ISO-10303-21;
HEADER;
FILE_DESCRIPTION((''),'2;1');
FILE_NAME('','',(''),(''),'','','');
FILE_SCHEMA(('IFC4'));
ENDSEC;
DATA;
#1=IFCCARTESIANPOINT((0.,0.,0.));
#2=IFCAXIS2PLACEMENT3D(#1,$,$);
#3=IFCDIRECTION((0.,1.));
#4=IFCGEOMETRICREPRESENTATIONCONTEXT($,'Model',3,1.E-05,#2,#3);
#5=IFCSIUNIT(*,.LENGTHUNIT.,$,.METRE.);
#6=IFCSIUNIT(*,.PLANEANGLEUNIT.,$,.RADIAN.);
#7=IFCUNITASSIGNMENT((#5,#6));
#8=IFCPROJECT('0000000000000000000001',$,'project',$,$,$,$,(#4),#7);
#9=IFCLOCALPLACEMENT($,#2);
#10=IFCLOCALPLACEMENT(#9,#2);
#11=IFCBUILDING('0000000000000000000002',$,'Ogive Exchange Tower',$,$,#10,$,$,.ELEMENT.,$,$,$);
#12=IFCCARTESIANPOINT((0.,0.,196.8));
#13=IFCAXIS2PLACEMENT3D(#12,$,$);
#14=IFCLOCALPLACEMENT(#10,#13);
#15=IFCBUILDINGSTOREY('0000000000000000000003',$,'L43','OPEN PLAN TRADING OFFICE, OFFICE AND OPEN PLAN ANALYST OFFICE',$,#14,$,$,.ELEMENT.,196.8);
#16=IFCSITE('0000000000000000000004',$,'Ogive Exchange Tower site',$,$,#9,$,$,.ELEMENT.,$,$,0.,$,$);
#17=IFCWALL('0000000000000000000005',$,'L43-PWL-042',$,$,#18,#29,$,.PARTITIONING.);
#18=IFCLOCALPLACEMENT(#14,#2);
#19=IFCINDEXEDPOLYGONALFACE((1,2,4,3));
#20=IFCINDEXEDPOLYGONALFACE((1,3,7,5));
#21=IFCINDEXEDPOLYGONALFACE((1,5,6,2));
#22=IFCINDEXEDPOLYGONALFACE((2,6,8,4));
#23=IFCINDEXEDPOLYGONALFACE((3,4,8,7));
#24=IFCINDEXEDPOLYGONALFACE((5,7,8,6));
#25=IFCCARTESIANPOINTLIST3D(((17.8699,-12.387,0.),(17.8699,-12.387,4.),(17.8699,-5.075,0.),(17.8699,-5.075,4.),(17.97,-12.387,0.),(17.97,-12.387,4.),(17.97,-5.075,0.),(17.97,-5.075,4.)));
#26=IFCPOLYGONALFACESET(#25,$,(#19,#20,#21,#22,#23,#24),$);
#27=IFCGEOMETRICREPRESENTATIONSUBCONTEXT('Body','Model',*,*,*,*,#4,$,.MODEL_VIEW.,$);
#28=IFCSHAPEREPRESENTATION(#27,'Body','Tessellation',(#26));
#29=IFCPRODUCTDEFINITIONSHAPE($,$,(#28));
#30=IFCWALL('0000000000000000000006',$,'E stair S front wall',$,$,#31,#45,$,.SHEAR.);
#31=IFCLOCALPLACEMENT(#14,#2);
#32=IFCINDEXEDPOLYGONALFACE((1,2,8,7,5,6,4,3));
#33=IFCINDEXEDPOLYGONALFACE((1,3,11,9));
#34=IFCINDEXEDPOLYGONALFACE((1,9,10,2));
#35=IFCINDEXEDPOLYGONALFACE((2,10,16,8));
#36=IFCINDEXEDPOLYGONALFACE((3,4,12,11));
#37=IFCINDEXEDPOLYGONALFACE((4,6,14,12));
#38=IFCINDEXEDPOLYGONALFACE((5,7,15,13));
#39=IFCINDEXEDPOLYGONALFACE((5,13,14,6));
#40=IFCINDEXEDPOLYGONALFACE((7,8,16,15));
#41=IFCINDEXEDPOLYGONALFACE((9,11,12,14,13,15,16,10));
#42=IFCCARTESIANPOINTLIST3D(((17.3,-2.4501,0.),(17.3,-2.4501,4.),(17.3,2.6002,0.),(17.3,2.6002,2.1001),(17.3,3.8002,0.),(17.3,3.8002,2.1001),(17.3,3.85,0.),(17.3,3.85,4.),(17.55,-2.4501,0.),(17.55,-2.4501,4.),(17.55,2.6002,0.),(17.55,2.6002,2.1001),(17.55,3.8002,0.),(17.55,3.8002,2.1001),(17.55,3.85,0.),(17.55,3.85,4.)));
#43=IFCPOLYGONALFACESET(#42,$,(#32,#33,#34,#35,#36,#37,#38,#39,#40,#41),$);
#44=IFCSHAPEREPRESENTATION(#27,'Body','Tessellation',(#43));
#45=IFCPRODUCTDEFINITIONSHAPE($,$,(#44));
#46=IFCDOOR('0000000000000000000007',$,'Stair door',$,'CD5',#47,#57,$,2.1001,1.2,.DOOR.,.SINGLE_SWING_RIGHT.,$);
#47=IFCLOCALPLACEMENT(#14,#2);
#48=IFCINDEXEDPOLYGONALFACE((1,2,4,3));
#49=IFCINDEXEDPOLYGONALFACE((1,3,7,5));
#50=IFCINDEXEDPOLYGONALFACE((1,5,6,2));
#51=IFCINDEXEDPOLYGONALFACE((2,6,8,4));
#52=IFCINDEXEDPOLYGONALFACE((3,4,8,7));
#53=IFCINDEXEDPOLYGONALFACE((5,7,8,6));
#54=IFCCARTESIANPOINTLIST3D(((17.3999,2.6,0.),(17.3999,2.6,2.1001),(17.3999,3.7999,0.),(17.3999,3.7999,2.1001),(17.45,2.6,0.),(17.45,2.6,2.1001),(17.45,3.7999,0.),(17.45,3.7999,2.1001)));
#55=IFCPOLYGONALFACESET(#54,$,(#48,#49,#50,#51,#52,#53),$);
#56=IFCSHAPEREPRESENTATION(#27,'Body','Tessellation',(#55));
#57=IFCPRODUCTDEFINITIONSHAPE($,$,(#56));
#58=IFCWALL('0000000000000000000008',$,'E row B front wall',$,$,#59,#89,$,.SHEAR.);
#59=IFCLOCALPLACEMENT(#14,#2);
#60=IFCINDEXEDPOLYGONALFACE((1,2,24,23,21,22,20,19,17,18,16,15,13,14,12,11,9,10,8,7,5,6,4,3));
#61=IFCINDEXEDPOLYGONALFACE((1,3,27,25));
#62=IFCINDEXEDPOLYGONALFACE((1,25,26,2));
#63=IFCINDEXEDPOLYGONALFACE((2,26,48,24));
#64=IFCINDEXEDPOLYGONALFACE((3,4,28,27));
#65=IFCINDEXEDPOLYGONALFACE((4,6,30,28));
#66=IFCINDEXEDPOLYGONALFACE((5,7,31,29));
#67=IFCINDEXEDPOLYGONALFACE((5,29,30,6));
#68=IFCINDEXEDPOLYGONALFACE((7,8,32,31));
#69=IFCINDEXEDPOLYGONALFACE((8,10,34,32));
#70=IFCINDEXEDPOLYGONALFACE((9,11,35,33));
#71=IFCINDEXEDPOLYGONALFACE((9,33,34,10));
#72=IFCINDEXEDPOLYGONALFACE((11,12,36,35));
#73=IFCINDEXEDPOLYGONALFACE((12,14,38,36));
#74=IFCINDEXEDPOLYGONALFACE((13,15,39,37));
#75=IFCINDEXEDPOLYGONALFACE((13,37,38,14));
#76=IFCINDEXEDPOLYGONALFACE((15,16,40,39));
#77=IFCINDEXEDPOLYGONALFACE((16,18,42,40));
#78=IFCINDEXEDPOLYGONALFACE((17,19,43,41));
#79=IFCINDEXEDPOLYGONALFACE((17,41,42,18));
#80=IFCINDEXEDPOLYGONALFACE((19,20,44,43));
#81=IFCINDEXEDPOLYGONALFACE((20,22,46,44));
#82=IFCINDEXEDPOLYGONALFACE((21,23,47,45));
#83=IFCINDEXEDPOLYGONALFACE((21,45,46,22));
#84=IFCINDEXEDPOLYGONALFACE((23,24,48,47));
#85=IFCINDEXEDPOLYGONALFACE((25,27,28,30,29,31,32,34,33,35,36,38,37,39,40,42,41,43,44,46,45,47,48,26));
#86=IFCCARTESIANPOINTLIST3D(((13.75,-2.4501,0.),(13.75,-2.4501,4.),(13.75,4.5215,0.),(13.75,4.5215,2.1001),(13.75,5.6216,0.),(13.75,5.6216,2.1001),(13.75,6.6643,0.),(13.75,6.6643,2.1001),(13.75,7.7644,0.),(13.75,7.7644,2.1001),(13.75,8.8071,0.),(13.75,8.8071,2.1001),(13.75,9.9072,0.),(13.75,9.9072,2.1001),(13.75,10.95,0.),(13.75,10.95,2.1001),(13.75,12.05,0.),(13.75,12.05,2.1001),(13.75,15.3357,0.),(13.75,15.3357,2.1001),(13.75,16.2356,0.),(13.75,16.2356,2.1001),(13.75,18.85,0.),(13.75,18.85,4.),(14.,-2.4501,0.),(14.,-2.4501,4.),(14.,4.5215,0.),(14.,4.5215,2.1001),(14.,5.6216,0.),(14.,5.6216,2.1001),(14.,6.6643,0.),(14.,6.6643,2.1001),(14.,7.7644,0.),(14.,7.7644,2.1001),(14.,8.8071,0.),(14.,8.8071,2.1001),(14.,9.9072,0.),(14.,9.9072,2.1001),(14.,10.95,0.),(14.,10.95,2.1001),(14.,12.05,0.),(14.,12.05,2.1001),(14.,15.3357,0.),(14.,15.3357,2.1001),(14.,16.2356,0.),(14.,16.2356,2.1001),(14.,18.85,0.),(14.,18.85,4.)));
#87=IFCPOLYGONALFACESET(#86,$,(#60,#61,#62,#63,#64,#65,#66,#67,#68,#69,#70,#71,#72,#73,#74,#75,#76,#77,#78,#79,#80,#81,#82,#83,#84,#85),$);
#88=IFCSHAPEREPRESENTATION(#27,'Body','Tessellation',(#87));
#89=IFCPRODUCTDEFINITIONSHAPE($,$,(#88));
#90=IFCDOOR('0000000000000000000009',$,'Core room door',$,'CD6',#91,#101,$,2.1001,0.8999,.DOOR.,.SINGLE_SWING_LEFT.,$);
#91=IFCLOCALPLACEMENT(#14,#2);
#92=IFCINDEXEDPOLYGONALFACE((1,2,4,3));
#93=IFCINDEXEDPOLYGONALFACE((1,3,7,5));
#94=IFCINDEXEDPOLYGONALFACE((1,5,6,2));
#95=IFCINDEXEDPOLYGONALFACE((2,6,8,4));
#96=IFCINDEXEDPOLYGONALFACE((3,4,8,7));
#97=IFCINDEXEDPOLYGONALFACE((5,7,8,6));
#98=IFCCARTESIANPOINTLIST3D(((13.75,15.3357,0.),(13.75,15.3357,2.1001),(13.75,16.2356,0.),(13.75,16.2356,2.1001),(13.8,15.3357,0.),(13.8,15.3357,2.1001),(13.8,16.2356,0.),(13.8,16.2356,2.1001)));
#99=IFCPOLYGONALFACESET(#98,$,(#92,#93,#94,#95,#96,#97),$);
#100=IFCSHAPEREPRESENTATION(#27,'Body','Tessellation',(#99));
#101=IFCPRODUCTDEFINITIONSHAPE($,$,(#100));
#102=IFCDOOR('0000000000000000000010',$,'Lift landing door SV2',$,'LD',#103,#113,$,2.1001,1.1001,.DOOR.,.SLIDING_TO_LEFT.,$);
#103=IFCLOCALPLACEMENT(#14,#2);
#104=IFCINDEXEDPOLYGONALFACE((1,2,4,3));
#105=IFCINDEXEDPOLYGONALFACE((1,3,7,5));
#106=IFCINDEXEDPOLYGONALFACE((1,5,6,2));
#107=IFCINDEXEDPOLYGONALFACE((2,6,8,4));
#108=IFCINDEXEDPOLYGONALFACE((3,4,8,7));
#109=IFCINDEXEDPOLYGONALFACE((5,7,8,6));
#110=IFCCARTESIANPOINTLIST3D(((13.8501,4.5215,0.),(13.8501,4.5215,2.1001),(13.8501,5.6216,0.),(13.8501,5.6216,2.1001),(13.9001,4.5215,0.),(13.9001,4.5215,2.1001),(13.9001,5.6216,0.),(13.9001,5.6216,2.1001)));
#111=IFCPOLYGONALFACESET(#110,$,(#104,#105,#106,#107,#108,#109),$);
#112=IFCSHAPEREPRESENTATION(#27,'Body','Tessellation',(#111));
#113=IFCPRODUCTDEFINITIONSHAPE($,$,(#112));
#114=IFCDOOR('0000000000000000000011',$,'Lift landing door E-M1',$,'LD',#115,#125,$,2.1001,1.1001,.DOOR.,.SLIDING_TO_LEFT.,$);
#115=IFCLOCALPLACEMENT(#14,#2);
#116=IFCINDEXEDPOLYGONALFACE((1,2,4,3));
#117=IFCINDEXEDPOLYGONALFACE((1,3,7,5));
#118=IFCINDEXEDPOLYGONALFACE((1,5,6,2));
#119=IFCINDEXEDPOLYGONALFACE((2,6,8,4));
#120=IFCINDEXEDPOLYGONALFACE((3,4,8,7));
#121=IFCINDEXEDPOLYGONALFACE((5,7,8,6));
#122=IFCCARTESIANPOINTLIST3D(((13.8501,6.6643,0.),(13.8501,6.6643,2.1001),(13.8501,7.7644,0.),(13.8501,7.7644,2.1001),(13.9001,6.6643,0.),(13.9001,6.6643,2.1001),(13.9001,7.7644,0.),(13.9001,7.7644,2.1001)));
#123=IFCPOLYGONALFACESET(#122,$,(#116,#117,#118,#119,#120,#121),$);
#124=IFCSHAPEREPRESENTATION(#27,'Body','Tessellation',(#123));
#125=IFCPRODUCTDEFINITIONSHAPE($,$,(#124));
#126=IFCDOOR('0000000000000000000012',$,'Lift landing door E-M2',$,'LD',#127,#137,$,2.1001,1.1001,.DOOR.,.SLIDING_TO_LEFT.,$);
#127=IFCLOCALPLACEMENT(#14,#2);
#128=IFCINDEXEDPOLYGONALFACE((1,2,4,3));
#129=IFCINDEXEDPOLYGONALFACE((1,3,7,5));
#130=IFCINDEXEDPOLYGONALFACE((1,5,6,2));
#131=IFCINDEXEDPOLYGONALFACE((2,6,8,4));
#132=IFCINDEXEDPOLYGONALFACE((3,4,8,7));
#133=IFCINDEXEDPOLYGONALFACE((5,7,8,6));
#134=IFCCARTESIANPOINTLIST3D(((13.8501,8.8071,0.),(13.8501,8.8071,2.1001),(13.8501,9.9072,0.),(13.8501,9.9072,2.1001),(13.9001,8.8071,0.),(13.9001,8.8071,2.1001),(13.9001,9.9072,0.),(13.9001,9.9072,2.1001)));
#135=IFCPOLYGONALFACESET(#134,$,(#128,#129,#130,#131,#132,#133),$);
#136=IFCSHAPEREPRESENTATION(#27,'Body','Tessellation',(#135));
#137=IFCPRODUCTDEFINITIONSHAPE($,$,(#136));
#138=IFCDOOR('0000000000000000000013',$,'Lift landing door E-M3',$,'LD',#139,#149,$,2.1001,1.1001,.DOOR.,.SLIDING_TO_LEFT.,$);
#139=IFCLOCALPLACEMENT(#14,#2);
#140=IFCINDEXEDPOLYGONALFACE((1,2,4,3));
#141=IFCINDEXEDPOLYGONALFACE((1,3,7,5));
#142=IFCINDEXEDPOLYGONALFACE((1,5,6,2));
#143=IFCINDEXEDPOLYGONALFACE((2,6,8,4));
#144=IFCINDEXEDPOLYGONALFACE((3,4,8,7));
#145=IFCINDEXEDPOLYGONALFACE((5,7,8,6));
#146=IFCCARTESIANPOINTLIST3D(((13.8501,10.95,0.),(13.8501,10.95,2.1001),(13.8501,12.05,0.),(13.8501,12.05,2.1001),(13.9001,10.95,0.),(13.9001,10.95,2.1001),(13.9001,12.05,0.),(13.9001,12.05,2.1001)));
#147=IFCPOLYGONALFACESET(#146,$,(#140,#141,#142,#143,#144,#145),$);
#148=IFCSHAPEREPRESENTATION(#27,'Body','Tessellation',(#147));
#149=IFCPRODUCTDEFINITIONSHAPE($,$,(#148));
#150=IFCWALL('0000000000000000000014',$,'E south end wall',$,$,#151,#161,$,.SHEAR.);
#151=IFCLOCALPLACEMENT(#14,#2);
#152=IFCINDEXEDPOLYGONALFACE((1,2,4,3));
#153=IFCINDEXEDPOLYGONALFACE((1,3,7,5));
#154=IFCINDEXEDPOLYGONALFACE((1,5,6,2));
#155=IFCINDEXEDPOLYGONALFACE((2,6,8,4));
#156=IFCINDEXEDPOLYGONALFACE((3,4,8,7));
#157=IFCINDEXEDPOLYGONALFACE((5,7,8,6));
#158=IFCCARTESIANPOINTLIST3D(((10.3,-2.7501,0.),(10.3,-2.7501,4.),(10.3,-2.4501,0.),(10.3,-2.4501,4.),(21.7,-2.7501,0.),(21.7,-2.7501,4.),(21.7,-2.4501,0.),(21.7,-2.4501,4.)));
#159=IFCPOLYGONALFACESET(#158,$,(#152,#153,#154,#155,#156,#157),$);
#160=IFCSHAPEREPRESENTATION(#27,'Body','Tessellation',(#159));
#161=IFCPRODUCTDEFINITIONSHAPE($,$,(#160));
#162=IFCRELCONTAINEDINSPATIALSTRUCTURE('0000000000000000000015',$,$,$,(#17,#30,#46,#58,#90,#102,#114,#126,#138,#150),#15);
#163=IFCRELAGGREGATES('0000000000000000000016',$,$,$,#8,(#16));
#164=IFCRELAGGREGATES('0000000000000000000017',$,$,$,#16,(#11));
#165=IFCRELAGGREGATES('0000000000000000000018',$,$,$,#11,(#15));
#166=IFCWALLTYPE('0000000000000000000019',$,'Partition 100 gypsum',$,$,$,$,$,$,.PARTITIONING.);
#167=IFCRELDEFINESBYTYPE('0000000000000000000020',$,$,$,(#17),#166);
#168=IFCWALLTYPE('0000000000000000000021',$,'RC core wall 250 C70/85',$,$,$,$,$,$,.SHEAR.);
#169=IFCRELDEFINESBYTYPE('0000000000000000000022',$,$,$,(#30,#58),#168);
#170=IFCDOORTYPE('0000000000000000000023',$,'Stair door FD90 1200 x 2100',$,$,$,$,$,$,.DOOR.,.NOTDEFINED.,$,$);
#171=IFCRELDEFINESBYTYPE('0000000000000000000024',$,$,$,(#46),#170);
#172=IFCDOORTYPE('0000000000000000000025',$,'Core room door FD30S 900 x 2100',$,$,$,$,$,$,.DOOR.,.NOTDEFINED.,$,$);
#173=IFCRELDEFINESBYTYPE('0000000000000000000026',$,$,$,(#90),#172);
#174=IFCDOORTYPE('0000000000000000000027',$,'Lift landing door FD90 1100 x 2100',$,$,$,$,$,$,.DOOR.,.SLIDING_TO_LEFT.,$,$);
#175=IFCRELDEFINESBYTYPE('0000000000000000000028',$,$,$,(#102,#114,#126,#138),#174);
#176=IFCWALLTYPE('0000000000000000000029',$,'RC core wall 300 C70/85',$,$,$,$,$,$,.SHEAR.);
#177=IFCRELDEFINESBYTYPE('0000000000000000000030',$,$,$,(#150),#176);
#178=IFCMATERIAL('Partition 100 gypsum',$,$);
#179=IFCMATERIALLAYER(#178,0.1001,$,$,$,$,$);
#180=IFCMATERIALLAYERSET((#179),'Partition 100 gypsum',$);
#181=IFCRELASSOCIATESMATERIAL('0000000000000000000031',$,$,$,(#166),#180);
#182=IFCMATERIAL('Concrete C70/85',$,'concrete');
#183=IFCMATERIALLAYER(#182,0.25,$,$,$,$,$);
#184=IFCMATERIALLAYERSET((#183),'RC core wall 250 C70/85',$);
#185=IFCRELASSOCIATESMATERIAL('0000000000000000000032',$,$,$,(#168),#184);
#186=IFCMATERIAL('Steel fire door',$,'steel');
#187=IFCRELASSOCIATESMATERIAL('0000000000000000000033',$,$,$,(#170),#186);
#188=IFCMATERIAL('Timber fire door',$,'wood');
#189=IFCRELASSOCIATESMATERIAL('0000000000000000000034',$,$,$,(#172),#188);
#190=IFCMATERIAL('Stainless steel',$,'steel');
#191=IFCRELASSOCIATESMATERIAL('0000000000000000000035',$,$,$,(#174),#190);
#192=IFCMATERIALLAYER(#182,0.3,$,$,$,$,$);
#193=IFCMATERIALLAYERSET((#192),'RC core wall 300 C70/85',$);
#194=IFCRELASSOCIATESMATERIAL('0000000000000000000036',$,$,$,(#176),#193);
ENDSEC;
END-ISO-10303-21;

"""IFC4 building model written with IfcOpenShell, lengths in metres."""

from ifc_helpers import new_model, si_unit, direction, frame, frame_2d, origin, place, context, subcontext, project, spatial, rectangle, extrude, material, layer, layer_set, type_object, element, fill, save


model = new_model("IFC4")

# Units and contexts
model_context = context("Model", 3, precision=1e-05, world=origin(), true_north=direction((0.0, 1.0)))
body_context = subcontext(model_context, "Body", "Model", "MODEL_VIEW")
ifc_project = project(units=[si_unit("LENGTHUNIT", "METRE"), si_unit("PLANEANGLEUNIT", "RADIAN")], contexts=[model_context])

# Site, building, storey
site_placement = place(None, origin())
site = spatial("IfcSite", under=ifc_project, at=site_placement, Name="Ogive Exchange Tower site", CompositionType="ELEMENT", RefElevation=0.0)
building_placement = place(site_placement, origin())
building = spatial("IfcBuilding", under=site, at=building_placement, Name="Ogive Exchange Tower", CompositionType="ELEMENT")
storey_placement = place(building_placement, frame((0.0, 0.0, 196.8)))
storey = spatial("IfcBuildingStorey", under=building, at=storey_placement, Name="L43", Description="OPEN PLAN TRADING OFFICE, OFFICE AND OPEN PLAN ANALYST OFFICE", CompositionType="ELEMENT", Elevation=196.8)

# Wall
ifc_material_1 = material(Name="Partition 100 gypsum")
ifc_layer_1 = layer(ifc_material_1, 0.1001)
ifc_layer_set_1 = layer_set([ifc_layer_1], Name="Partition 100 gypsum")
wall_type_1 = type_object("IfcWallType", Name="Partition 100 gypsum", PredefinedType="PARTITIONING", material=ifc_layer_set_1)
wall_1_placement = place(storey_placement, frame((17.9199, -5.075, 0.0), z_axis=(0.0, 0.0, 1.0), x_axis=(0.0, -1.0, 0.0)))
element("IfcWall", 1, at=wall_1_placement, inside=storey, type_object=wall_type_1, Name="L43-PWL-042", PredefinedType="PARTITIONING", context=body_context, shape_type="SweptSolid", body=[
    extrude(rectangle(XDim=7.312, YDim=0.1001, at=frame_2d((3.656, 0.0))), origin(), (0.0, 0.0, 1.0), 4.0),
])

# Wall, opening, door
ifc_material_2 = material(Name="Concrete C70/85", Category="concrete")
ifc_layer_2 = layer(ifc_material_2, 0.25)
ifc_layer_set_2 = layer_set([ifc_layer_2], Name="RC core wall 250 C70/85")
wall_type_2 = type_object("IfcWallType", Name="RC core wall 250 C70/85", PredefinedType="SHEAR", material=ifc_layer_set_2)
wall_2_placement = place(storey_placement, frame((17.425, -2.45, 0.0), z_axis=(0.0, 0.0, 1.0), x_axis=(0.0, 1.0, 0.0)))
wall_2 = element("IfcWall", 2, at=wall_2_placement, inside=storey, type_object=wall_type_2, Name="E stair S front wall", PredefinedType="SHEAR", context=body_context, shape_type="SweptSolid", body=[
    extrude(rectangle(XDim=6.3, YDim=0.25, at=frame_2d((3.1499, 0.0))), origin(), (0.0, 0.0, 1.0), 4.0),
])
opening_1_placement = place(wall_2_placement, frame((5.05, 0.0, 0.0)))
opening_1 = element("IfcOpeningElement", 3, at=opening_1_placement, cuts=wall_2, PredefinedType="OPENING", context=body_context, shape_type="SweptSolid", body=[
    extrude(rectangle(XDim=1.2, YDim=2.1001, at=frame_2d((0.6001, 1.05))), frame((0.0, 0.135, 0.0), z_axis=(0.0, -1.0, 0.0), x_axis=(1.0, 0.0, 0.0)), (0.0, 0.0, 1.0), 0.27),
])
ifc_material_3 = material(Name="Steel fire door", Category="steel")
door_type_1 = type_object("IfcDoorType", Name="Stair door FD90 1200 x 2100", OperationType="NOTDEFINED", PredefinedType="DOOR", material=ifc_material_3)
door_1_placement = place(opening_1_placement, frame((1.2, 0.0, 0.0), z_axis=(0.0, 0.0, 1.0), x_axis=(-1.0, 0.0, 0.0)))
door_1 = element("IfcDoor", 4, at=door_1_placement, inside=storey, type_object=door_type_1, Name="Stair door", ObjectType="CD5", OperationType="SINGLE_SWING_RIGHT", OverallHeight=2.1001, OverallWidth=1.2, PredefinedType="DOOR", context=body_context, shape_type="SweptSolid", body=[
    extrude(rectangle(XDim=1.2, YDim=2.1001, at=frame_2d((0.6001, 1.05))), frame((0.0, 0.0249, 0.0), z_axis=(0.0, -1.0, 0.0), x_axis=(1.0, 0.0, 0.0)), (0.0, 0.0, 1.0), 0.05),
])
fill(opening_1, door_1)

# Wall, openings, doors
wall_3_placement = place(storey_placement, frame((13.875, -2.45, 0.0), z_axis=(0.0, 0.0, 1.0), x_axis=(0.0, 1.0, 0.0)))
wall_3 = element("IfcWall", 5, at=wall_3_placement, inside=storey, type_object=wall_type_2, Name="E row B front wall", PredefinedType="SHEAR", context=body_context, shape_type="SweptSolid", body=[
    extrude(rectangle(XDim=21.3, YDim=0.25, at=frame_2d((10.6499, 0.0))), origin(), (0.0, 0.0, 1.0), 4.0),
])
opening_2_placement = place(wall_3_placement, frame((17.7856, 0.0, 0.0)))
opening_2 = element("IfcOpeningElement", 6, at=opening_2_placement, cuts=wall_3, PredefinedType="OPENING", context=body_context, shape_type="SweptSolid", body=[
    extrude(rectangle(XDim=0.8999, YDim=2.1001, at=frame_2d((0.45, 1.05))), frame((0.0, 0.135, 0.0), z_axis=(0.0, -1.0, 0.0), x_axis=(1.0, 0.0, 0.0)), (0.0, 0.0, 1.0), 0.27),
])
opening_3_placement = place(wall_3_placement, frame((6.9714, 0.0, 0.0)))
opening_3 = element("IfcOpeningElement", 7, at=opening_3_placement, cuts=wall_3, PredefinedType="OPENING", context=body_context, shape_type="SweptSolid", body=[
    extrude(rectangle(XDim=1.1001, YDim=2.1001, at=frame_2d((0.55, 1.05))), frame((0.0, 0.135, 0.0), z_axis=(0.0, -1.0, 0.0), x_axis=(1.0, 0.0, 0.0)), (0.0, 0.0, 1.0), 0.27),
])
opening_4_placement = place(wall_3_placement, frame((9.1143, 0.0, 0.0)))
opening_4 = element("IfcOpeningElement", 8, at=opening_4_placement, cuts=wall_3, PredefinedType="OPENING", context=body_context, shape_type="SweptSolid", body=[
    extrude(rectangle(XDim=1.1001, YDim=2.1001, at=frame_2d((0.55, 1.05))), frame((0.0, 0.135, 0.0), z_axis=(0.0, -1.0, 0.0), x_axis=(1.0, 0.0, 0.0)), (0.0, 0.0, 1.0), 0.27),
])
opening_5_placement = place(wall_3_placement, frame((11.2571, 0.0, 0.0)))
opening_5 = element("IfcOpeningElement", 9, at=opening_5_placement, cuts=wall_3, PredefinedType="OPENING", context=body_context, shape_type="SweptSolid", body=[
    extrude(rectangle(XDim=1.1001, YDim=2.1001, at=frame_2d((0.55, 1.05))), frame((0.0, 0.135, 0.0), z_axis=(0.0, -1.0, 0.0), x_axis=(1.0, 0.0, 0.0)), (0.0, 0.0, 1.0), 0.27),
])
opening_6_placement = place(wall_3_placement, frame((13.3999, 0.0, 0.0)))
opening_6 = element("IfcOpeningElement", 10, at=opening_6_placement, cuts=wall_3, PredefinedType="OPENING", context=body_context, shape_type="SweptSolid", body=[
    extrude(rectangle(XDim=1.1001, YDim=2.1001, at=frame_2d((0.55, 1.05))), frame((0.0, 0.135, 0.0), z_axis=(0.0, -1.0, 0.0), x_axis=(1.0, 0.0, 0.0)), (0.0, 0.0, 1.0), 0.27),
])
ifc_material_4 = material(Name="Timber fire door", Category="wood")
door_type_2 = type_object("IfcDoorType", Name="Core room door FD30S 900 x 2100", OperationType="NOTDEFINED", PredefinedType="DOOR", material=ifc_material_4)
door_2_placement = place(opening_2_placement, origin())
door_2 = element("IfcDoor", 11, at=door_2_placement, inside=storey, type_object=door_type_2, Name="Core room door", ObjectType="CD6", OperationType="SINGLE_SWING_LEFT", OverallHeight=2.1001, OverallWidth=0.8999, PredefinedType="DOOR", context=body_context, shape_type="SweptSolid", body=[
    extrude(rectangle(XDim=0.8999, YDim=2.1001, at=frame_2d((0.45, 1.05))), frame((0.0, 0.125, 0.0), z_axis=(0.0, -1.0, 0.0), x_axis=(1.0, 0.0, 0.0)), (0.0, 0.0, 1.0), 0.05),
])
fill(opening_2, door_2)
ifc_material_5 = material(Name="Stainless steel", Category="steel")
door_type_3 = type_object("IfcDoorType", Name="Lift landing door FD90 1100 x 2100", OperationType="SLIDING_TO_LEFT", PredefinedType="DOOR", material=ifc_material_5)
door_3_placement = place(opening_3_placement, origin())
door_3 = element("IfcDoor", 12, at=door_3_placement, inside=storey, type_object=door_type_3, Name="Lift landing door SV2", ObjectType="LD", OperationType="SLIDING_TO_LEFT", OverallHeight=2.1001, OverallWidth=1.1001, PredefinedType="DOOR", context=body_context, shape_type="SweptSolid", body=[
    extrude(rectangle(XDim=1.1001, YDim=2.1001, at=frame_2d((0.55, 1.05))), frame((0.0, 0.0249, 0.0), z_axis=(0.0, -1.0, 0.0), x_axis=(1.0, 0.0, 0.0)), (0.0, 0.0, 1.0), 0.05),
])
fill(opening_3, door_3)
door_4_placement = place(opening_4_placement, origin())
door_4 = element("IfcDoor", 13, at=door_4_placement, inside=storey, type_object=door_type_3, Name="Lift landing door E-M1", ObjectType="LD", OperationType="SLIDING_TO_LEFT", OverallHeight=2.1001, OverallWidth=1.1001, PredefinedType="DOOR", context=body_context, shape_type="SweptSolid", body=[
    extrude(rectangle(XDim=1.1001, YDim=2.1001, at=frame_2d((0.55, 1.05))), frame((0.0, 0.0249, 0.0), z_axis=(0.0, -1.0, 0.0), x_axis=(1.0, 0.0, 0.0)), (0.0, 0.0, 1.0), 0.05),
])
fill(opening_4, door_4)
door_5_placement = place(opening_5_placement, origin())
door_5 = element("IfcDoor", 14, at=door_5_placement, inside=storey, type_object=door_type_3, Name="Lift landing door E-M2", ObjectType="LD", OperationType="SLIDING_TO_LEFT", OverallHeight=2.1001, OverallWidth=1.1001, PredefinedType="DOOR", context=body_context, shape_type="SweptSolid", body=[
    extrude(rectangle(XDim=1.1001, YDim=2.1001, at=frame_2d((0.55, 1.05))), frame((0.0, 0.0249, 0.0), z_axis=(0.0, -1.0, 0.0), x_axis=(1.0, 0.0, 0.0)), (0.0, 0.0, 1.0), 0.05),
])
fill(opening_5, door_5)
door_6_placement = place(opening_6_placement, origin())
door_6 = element("IfcDoor", 15, at=door_6_placement, inside=storey, type_object=door_type_3, Name="Lift landing door E-M3", ObjectType="LD", OperationType="SLIDING_TO_LEFT", OverallHeight=2.1001, OverallWidth=1.1001, PredefinedType="DOOR", context=body_context, shape_type="SweptSolid", body=[
    extrude(rectangle(XDim=1.1001, YDim=2.1001, at=frame_2d((0.55, 1.05))), frame((0.0, 0.0249, 0.0), z_axis=(0.0, -1.0, 0.0), x_axis=(1.0, 0.0, 0.0)), (0.0, 0.0, 1.0), 0.05),
])
fill(opening_6, door_6)

# Wall
ifc_layer_3 = layer(ifc_material_2, 0.3)
ifc_layer_set_3 = layer_set([ifc_layer_3], Name="RC core wall 300 C70/85")
wall_type_3 = type_object("IfcWallType", Name="RC core wall 300 C70/85", PredefinedType="SHEAR", material=ifc_layer_set_3)
wall_4_placement = place(storey_placement, frame((10.3, -2.6001, 0.0), z_axis=(0.0, 0.0, 1.0), x_axis=(1.0, 0.0, 0.0)))
element("IfcWall", 16, at=wall_4_placement, inside=storey, type_object=wall_type_3, Name="E south end wall", PredefinedType="SHEAR", context=body_context, shape_type="SweptSolid", body=[
    extrude(rectangle(XDim=11.3999, YDim=0.3, at=frame_2d((5.7, 0.0))), origin(), (0.0, 0.0, 1.0), 4.0),
])

save(model, "model.ifc")
